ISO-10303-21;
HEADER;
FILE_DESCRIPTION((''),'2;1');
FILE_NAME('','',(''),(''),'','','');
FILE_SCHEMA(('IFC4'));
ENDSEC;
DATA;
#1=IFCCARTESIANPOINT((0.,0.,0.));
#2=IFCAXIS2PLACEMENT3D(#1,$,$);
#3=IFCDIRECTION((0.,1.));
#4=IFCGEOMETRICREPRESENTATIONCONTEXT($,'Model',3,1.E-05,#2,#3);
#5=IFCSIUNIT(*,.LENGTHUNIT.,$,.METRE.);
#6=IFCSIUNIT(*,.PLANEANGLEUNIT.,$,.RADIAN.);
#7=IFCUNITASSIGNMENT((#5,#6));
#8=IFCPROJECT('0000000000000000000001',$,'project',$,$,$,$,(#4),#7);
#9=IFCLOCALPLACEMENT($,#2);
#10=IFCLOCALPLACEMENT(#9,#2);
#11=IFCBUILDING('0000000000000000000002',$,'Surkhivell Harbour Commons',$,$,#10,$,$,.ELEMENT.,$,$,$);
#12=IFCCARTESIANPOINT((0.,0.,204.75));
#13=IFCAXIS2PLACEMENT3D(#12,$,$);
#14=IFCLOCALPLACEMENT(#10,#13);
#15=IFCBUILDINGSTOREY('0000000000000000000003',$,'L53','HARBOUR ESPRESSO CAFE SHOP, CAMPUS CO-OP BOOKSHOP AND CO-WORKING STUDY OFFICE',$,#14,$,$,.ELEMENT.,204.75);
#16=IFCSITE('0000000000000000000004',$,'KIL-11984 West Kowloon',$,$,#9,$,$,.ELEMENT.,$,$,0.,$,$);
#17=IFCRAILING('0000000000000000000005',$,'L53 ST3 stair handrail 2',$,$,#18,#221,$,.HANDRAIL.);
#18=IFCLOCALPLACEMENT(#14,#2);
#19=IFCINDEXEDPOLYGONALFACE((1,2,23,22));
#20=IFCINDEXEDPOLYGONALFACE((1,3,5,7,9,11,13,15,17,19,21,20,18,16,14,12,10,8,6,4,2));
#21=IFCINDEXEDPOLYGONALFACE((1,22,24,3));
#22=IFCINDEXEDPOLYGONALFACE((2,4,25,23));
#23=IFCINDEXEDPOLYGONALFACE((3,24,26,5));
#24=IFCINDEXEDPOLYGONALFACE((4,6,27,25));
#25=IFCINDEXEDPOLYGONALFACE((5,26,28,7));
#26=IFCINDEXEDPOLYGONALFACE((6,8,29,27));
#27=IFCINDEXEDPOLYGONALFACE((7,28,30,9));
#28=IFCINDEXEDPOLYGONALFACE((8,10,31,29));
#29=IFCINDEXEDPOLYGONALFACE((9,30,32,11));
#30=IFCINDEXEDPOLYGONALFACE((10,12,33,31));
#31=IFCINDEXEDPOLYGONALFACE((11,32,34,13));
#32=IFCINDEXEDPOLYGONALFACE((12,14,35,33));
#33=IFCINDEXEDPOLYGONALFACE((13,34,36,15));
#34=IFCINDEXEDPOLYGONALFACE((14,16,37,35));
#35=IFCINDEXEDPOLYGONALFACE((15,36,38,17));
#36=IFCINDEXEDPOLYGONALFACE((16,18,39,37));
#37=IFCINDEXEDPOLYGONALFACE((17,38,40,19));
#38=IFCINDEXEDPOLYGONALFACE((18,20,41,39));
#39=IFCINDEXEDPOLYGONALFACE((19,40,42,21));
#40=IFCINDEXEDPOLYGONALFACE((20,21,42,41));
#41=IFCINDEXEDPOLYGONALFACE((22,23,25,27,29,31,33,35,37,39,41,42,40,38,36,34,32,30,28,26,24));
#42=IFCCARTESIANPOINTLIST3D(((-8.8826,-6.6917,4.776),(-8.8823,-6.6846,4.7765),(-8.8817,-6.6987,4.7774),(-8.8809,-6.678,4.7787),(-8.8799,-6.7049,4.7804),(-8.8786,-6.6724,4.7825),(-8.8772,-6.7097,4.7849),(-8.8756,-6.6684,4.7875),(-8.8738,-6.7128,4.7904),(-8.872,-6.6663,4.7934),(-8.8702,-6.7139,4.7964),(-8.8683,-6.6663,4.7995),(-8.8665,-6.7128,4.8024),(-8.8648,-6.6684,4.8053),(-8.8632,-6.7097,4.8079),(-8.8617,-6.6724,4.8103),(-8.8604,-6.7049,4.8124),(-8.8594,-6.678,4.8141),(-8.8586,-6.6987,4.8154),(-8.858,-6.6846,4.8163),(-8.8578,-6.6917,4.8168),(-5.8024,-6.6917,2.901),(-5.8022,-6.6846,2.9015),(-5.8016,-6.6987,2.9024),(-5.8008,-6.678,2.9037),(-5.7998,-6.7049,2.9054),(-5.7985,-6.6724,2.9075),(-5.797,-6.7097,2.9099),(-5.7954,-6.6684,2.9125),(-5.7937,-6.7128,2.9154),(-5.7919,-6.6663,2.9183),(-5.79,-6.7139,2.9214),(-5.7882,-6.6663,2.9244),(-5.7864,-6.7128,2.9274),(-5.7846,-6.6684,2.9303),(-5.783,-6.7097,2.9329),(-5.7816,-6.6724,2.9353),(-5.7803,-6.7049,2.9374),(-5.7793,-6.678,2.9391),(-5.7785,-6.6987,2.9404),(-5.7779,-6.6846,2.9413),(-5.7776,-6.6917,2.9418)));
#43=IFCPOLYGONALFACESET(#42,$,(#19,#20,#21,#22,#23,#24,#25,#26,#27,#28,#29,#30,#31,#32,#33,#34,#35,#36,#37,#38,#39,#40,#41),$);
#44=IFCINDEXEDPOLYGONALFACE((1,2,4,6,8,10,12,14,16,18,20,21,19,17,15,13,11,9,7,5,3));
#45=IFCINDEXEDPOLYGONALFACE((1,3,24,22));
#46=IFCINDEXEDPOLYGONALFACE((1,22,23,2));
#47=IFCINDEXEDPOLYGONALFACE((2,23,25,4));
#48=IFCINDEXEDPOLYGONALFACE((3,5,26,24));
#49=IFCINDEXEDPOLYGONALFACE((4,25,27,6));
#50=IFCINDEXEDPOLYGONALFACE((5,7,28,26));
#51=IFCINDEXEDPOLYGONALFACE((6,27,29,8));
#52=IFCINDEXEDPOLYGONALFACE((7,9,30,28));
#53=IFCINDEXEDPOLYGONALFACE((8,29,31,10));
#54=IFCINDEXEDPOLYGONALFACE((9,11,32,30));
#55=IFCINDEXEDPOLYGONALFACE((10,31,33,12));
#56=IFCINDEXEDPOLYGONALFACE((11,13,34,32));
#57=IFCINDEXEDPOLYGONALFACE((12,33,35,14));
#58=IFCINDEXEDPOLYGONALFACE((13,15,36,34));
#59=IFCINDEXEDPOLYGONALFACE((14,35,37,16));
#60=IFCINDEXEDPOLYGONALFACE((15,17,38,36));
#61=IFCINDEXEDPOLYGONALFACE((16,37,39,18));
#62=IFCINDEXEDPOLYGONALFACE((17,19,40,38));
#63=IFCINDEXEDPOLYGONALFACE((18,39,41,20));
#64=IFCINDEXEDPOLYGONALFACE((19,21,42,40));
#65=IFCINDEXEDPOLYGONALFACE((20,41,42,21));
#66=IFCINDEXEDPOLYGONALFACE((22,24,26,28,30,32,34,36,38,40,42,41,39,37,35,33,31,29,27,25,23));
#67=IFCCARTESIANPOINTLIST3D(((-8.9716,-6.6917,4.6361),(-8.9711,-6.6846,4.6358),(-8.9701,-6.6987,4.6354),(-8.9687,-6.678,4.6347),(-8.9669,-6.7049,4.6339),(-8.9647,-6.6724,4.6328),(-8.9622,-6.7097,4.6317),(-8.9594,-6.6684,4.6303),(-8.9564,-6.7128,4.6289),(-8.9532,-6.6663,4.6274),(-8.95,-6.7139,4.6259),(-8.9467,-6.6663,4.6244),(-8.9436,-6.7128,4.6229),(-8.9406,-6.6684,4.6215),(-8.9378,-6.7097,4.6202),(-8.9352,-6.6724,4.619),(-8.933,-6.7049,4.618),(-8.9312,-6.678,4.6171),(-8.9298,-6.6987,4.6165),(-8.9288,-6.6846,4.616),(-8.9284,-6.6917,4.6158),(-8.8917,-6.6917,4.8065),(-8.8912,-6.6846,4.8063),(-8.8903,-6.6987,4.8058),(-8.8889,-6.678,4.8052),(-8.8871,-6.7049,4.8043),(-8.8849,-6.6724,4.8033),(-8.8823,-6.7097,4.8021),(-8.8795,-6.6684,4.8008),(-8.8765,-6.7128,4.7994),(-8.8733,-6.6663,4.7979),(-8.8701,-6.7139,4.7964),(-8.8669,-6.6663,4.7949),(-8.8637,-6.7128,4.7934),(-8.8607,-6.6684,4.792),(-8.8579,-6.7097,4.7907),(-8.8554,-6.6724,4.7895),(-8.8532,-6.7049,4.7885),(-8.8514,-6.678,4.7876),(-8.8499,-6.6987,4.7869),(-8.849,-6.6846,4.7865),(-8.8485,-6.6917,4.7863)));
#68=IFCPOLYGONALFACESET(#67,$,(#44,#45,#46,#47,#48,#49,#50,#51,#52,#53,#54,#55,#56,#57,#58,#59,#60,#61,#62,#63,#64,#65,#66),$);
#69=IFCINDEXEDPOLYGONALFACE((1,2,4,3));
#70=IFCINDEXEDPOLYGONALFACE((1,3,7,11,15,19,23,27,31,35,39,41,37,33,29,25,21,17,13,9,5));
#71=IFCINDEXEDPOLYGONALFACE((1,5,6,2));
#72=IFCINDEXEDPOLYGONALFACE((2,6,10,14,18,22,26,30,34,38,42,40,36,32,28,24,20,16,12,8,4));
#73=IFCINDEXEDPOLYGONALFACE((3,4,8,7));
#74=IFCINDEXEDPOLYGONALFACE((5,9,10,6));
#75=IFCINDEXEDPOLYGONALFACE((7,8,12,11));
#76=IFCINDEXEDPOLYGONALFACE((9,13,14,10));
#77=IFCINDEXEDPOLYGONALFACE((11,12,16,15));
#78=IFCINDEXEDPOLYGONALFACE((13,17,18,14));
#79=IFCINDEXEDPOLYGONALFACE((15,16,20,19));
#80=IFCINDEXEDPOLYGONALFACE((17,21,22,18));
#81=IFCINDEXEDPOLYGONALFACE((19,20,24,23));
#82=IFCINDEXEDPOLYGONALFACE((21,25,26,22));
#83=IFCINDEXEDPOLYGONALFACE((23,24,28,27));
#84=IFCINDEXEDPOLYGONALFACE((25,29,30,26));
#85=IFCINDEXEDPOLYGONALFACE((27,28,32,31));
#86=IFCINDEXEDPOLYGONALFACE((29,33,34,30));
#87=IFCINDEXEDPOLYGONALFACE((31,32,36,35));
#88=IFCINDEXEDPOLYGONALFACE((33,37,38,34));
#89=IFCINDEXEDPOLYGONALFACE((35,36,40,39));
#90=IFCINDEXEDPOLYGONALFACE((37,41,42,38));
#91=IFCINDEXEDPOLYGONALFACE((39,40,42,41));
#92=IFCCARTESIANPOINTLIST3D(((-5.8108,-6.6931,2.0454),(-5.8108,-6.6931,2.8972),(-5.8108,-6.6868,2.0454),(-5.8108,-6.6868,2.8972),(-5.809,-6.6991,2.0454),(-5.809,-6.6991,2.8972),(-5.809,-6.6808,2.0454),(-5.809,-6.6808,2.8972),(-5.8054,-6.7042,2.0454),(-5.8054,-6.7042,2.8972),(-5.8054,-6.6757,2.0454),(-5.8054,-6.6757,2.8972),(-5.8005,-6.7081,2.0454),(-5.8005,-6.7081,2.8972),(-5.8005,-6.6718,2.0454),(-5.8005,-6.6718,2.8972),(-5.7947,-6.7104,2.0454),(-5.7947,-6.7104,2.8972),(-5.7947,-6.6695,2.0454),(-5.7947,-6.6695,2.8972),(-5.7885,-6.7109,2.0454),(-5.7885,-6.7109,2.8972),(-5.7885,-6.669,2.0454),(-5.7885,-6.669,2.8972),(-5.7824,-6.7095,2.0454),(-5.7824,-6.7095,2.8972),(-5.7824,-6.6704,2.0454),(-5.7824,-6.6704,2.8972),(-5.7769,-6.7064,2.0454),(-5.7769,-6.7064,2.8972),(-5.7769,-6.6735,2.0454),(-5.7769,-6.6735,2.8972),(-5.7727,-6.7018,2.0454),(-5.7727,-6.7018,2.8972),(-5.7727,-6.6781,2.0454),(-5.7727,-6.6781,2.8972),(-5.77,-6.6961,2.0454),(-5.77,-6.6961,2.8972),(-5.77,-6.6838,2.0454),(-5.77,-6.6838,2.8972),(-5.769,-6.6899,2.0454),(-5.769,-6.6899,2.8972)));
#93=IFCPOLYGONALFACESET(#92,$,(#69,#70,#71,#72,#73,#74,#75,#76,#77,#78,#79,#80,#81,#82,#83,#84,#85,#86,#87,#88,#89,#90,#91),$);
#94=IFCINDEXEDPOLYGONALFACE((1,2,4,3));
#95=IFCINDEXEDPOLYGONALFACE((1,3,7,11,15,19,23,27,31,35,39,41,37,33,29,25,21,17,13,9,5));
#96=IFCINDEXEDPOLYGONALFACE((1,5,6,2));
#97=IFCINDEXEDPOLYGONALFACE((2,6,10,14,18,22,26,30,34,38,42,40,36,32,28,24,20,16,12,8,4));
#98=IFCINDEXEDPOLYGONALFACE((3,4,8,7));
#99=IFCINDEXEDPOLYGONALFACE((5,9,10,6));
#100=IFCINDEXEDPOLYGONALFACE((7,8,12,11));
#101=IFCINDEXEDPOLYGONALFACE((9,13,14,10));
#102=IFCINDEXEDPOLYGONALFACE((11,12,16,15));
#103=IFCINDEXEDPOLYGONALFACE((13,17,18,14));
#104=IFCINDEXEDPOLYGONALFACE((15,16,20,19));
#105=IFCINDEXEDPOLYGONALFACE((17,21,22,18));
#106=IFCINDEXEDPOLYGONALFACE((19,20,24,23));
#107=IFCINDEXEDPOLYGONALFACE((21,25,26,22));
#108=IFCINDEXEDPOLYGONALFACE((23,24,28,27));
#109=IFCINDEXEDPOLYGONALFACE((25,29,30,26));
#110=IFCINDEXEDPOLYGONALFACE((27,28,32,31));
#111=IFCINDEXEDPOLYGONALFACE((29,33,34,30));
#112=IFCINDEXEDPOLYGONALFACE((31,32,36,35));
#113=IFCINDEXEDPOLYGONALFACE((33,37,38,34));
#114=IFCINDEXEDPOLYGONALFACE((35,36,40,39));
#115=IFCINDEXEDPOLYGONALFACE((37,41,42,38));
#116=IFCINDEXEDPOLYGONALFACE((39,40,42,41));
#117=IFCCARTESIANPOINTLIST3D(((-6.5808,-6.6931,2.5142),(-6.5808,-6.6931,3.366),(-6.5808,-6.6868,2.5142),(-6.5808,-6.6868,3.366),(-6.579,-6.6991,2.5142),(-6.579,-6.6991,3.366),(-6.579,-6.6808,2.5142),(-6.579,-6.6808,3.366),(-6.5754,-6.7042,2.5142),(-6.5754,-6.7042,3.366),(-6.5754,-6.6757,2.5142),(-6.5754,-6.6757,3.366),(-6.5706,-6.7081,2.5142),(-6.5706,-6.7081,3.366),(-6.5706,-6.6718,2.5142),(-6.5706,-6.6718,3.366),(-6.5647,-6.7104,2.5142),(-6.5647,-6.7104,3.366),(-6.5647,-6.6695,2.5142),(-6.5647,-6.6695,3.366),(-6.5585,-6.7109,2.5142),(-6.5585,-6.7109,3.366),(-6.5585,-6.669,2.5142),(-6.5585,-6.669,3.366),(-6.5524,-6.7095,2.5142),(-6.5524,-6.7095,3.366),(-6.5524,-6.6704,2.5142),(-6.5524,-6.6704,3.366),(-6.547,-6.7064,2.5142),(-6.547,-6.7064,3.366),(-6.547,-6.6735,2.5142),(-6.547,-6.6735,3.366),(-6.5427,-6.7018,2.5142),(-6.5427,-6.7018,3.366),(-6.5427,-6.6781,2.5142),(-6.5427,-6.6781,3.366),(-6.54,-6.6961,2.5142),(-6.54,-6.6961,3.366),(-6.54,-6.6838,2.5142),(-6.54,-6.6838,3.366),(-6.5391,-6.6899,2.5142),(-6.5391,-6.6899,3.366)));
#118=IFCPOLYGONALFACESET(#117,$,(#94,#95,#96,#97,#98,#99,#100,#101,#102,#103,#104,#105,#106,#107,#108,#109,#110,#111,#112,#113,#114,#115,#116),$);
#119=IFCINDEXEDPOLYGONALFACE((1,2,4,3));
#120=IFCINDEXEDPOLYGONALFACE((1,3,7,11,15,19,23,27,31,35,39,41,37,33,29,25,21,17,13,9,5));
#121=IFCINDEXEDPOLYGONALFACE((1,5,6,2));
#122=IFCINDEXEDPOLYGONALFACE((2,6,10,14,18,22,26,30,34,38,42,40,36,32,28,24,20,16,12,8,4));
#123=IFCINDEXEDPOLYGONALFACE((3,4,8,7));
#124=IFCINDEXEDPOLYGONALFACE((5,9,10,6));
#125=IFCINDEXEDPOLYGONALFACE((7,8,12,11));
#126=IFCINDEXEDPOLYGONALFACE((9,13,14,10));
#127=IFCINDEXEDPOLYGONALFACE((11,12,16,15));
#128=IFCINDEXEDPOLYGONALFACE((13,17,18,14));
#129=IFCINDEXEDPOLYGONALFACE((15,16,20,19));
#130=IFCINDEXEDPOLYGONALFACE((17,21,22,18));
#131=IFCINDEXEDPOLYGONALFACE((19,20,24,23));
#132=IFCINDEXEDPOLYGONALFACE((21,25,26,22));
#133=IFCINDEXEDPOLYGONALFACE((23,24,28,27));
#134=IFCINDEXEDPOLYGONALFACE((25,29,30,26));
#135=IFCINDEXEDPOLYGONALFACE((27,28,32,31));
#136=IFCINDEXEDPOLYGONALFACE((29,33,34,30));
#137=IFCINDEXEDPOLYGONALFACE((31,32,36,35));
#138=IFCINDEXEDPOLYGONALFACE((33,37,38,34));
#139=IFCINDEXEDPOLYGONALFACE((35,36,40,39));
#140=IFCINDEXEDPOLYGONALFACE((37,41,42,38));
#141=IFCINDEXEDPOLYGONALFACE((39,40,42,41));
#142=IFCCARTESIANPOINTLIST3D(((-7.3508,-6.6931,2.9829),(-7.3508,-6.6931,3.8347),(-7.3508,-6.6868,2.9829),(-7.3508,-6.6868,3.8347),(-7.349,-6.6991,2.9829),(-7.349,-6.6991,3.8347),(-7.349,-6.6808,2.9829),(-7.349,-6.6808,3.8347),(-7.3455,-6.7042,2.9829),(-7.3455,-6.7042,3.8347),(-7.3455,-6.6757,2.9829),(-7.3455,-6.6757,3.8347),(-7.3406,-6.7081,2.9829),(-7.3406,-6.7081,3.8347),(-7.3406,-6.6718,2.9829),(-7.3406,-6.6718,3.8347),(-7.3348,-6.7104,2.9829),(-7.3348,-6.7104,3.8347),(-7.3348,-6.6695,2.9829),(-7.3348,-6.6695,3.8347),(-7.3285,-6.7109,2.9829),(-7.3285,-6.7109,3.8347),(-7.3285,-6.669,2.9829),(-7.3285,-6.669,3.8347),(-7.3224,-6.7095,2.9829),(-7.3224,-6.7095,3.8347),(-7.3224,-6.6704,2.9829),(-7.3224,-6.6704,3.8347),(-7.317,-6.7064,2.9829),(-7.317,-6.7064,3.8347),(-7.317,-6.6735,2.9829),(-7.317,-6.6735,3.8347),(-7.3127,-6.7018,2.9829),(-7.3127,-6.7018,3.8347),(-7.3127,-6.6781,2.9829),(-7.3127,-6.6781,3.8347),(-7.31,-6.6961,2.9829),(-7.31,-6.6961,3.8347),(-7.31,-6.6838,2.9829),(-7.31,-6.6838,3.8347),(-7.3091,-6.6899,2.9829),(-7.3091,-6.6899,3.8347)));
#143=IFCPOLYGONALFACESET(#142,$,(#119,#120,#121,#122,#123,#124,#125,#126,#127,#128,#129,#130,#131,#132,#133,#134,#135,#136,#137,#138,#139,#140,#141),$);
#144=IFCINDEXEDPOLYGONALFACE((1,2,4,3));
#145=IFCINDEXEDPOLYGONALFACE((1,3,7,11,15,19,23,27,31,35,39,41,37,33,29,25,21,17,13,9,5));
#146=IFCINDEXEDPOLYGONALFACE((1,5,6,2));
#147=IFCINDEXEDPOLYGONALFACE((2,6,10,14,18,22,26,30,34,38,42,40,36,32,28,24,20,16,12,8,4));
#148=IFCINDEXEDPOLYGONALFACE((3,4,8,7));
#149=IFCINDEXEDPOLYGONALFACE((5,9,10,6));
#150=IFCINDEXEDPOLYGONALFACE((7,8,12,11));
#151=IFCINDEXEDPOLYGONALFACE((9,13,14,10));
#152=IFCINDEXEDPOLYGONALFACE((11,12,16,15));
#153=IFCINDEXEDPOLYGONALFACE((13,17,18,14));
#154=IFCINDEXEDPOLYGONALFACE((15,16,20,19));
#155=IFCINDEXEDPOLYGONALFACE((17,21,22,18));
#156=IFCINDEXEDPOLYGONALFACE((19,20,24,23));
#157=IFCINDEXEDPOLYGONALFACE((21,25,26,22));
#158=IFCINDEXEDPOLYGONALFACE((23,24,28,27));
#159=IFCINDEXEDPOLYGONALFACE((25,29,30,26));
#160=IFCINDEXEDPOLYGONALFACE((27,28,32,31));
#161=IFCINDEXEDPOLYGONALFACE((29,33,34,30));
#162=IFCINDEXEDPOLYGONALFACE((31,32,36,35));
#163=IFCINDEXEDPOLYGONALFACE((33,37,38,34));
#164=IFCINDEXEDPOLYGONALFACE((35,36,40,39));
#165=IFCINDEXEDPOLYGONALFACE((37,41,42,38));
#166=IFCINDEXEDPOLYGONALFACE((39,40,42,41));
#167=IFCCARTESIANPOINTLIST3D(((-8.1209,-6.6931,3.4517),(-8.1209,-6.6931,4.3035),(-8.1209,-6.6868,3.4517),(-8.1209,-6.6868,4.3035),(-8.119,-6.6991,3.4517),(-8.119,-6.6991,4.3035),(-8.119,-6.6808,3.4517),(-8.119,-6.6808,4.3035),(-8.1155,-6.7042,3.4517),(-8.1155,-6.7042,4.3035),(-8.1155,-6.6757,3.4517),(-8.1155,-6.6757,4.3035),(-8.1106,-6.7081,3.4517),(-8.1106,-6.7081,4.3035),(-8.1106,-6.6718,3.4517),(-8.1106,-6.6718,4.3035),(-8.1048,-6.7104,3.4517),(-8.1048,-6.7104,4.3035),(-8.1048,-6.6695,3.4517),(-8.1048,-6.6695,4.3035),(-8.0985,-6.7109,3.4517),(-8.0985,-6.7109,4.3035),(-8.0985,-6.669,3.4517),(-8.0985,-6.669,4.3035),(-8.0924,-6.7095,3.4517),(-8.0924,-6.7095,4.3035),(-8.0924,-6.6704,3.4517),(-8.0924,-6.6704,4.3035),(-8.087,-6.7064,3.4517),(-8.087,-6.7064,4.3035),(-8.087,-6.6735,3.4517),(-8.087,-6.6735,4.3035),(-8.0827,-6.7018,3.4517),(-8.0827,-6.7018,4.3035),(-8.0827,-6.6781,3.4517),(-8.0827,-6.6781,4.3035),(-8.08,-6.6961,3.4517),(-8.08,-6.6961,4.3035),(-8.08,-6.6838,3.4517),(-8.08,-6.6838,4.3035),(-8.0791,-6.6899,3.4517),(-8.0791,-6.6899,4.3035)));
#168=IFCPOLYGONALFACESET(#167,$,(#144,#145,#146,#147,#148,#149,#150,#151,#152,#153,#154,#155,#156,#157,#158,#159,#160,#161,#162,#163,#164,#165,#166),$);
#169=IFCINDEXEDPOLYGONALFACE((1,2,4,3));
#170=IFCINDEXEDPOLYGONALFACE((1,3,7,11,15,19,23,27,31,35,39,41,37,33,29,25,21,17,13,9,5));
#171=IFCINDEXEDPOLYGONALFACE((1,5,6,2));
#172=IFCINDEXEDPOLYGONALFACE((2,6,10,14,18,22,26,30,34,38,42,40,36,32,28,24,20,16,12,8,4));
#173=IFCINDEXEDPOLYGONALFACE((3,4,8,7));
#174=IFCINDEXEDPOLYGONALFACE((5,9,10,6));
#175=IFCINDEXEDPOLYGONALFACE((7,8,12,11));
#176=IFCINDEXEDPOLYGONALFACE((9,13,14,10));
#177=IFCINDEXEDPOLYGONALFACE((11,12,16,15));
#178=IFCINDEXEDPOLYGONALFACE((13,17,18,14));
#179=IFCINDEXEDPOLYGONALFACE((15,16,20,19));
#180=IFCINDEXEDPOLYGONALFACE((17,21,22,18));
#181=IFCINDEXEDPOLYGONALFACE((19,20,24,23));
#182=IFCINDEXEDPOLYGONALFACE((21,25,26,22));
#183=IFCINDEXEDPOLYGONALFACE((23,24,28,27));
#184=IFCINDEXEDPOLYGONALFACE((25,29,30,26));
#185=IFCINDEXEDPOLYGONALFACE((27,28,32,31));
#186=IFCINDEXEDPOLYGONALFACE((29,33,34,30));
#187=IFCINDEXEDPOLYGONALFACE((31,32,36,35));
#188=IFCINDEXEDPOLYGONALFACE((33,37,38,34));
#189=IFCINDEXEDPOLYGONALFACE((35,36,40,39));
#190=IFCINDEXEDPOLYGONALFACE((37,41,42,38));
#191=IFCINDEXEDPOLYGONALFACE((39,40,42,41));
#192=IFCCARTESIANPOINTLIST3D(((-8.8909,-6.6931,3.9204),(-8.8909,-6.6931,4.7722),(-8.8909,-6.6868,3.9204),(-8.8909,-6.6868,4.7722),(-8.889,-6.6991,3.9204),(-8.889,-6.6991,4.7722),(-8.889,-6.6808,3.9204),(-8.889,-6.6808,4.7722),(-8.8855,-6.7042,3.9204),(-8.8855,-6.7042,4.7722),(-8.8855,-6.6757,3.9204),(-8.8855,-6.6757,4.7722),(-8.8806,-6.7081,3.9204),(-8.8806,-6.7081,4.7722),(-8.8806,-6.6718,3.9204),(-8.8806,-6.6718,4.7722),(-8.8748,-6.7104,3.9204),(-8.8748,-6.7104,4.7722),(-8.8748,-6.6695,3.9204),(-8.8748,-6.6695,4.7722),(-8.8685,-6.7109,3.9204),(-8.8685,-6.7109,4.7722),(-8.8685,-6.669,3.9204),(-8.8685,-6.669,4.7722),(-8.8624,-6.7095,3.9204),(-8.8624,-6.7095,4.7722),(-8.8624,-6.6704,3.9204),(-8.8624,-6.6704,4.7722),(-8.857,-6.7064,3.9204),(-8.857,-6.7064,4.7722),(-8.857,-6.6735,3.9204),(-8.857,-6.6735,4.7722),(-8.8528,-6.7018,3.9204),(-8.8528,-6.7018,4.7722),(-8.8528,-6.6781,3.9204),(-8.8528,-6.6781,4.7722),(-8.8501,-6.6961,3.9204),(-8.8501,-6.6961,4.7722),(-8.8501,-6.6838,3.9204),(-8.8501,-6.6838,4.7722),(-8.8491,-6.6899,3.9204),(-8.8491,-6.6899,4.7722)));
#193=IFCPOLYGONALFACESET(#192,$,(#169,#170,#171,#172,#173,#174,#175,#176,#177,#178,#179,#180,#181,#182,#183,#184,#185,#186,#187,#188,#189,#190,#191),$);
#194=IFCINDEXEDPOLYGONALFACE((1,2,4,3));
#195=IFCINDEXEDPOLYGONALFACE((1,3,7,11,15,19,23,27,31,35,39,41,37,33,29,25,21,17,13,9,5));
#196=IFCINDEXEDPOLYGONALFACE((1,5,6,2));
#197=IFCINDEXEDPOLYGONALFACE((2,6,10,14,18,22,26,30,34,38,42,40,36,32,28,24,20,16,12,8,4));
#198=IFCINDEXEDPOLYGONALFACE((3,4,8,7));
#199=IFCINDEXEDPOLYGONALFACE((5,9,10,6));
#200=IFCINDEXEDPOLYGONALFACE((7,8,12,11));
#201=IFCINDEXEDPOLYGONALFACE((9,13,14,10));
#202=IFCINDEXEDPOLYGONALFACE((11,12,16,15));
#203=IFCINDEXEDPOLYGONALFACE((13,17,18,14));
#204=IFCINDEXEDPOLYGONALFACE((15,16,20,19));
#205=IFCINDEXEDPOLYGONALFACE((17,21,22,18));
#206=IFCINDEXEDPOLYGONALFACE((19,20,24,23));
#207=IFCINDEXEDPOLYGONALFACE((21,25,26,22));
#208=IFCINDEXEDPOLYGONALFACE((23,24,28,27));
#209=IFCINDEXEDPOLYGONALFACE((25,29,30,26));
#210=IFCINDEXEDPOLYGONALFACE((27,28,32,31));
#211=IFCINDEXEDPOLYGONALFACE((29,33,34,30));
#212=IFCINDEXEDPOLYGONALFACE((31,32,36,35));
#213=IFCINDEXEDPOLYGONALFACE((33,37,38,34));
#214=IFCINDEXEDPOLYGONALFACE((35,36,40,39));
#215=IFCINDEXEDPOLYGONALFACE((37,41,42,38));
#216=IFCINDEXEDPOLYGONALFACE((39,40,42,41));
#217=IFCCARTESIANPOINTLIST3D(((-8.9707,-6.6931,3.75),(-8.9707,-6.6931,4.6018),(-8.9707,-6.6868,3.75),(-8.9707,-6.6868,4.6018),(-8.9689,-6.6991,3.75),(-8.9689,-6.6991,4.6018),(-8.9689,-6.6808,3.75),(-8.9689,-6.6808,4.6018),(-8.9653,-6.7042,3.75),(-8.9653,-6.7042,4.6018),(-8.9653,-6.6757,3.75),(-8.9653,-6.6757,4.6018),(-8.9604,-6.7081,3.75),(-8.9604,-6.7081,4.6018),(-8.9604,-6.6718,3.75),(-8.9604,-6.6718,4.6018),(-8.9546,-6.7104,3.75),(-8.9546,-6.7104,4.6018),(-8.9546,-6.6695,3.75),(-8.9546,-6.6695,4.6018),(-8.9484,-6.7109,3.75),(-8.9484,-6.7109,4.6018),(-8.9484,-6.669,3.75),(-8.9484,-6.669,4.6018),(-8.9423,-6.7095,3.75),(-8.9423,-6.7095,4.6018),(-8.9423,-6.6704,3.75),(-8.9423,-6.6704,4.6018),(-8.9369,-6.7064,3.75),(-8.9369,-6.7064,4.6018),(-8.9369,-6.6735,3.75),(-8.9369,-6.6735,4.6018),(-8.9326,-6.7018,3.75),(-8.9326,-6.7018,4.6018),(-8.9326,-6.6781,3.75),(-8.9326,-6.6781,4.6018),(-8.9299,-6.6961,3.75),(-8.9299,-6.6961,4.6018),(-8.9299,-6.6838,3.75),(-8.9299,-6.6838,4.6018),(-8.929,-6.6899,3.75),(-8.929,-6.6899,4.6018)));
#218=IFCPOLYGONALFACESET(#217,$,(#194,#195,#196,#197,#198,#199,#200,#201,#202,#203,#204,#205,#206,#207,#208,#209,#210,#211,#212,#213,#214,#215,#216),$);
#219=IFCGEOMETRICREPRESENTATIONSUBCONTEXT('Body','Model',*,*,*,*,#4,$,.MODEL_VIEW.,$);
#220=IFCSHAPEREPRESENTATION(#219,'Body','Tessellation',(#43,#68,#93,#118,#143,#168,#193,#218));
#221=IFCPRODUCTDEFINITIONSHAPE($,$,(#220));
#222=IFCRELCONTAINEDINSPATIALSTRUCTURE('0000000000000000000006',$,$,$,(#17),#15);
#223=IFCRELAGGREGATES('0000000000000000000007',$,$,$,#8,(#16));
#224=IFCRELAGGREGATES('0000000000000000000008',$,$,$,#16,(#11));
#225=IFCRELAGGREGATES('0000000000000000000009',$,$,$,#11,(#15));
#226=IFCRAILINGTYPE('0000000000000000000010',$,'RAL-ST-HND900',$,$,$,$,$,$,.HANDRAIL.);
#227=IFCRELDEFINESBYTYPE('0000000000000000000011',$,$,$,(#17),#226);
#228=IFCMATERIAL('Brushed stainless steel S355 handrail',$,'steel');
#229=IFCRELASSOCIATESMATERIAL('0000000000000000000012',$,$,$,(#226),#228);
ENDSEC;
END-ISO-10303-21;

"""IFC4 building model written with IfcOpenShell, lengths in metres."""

from ifc_helpers import new_model, si_unit, direction, frame, origin, origin_2d, place, context, subcontext, project, spatial, circle, extrude, material, type_object, element, save


model = new_model("IFC4")

# Units and contexts
model_context = context("Model", 3, precision=1e-05, world=origin(), true_north=direction((0.0, 1.0)))
body_context = subcontext(model_context, "Body", "Model", "MODEL_VIEW")
ifc_project = project(units=[si_unit("LENGTHUNIT", "METRE"), si_unit("PLANEANGLEUNIT", "RADIAN")], contexts=[model_context])

# Site, building, storey
site_placement = place(None, origin())
site = spatial("IfcSite", under=ifc_project, at=site_placement, Name="KIL-11984 West Kowloon", CompositionType="ELEMENT", RefElevation=0.0)
building_placement = place(site_placement, origin())
building = spatial("IfcBuilding", under=site, at=building_placement, Name="Surkhivell Harbour Commons", CompositionType="ELEMENT")
storey_placement = place(building_placement, frame((0.0, 0.0, 204.75)))
storey = spatial("IfcBuildingStorey", under=building, at=storey_placement, Name="L53", Description="HARBOUR ESPRESSO CAFE SHOP, CAMPUS CO-OP BOOKSHOP AND CO-WORKING STUDY OFFICE", CompositionType="ELEMENT", Elevation=204.75)

# Railing
ifc_material_1 = material(Name="Brushed stainless steel S355 handrail", Category="steel")
railing_type_1 = type_object("IfcRailingType", Name="RAL-ST-HND900", PredefinedType="HANDRAIL", material=ifc_material_1)
railing_1_placement = place(storey_placement, frame((-5.79, -6.6899, 2.0454)))
element("IfcRailing", 1, at=railing_1_placement, inside=storey, type_object=railing_type_1, Name="L53 ST3 stair handrail 2", PredefinedType="HANDRAIL", context=body_context, shape_type="SweptSolid", body=[
    extrude(circle(Radius=0.0239, at=origin_2d()), frame((0.0, 0.0, 0.876), z_axis=(-0.854178, 0.0, 0.519981), x_axis=(0.0, -1.0, 0.0)), (0.0, 0.0, 1.0), 3.606),
    extrude(circle(Radius=0.0239, at=origin_2d()), frame((-3.0801, 0.0, 2.751), z_axis=(-0.424234, 0.0, -0.905552), x_axis=(0.0, -1.0, 0.0)), (0.0, 0.0, 1.0), 0.1882),
    extrude(circle(Radius=0.021, at=origin_2d()), origin(), (0.0, 0.0, 1.0), 0.8518),
    extrude(circle(Radius=0.021, at=origin_2d()), frame((-0.77, 0.0, 0.4688)), (0.0, 0.0, 1.0), 0.8518),
    extrude(circle(Radius=0.021, at=origin_2d()), frame((-1.54, 0.0, 0.9375)), (0.0, 0.0, 1.0), 0.8518),
    extrude(circle(Radius=0.021, at=origin_2d()), frame((-2.3101, 0.0, 1.4062)), (0.0, 0.0, 1.0), 0.8518),
    extrude(circle(Radius=0.021, at=origin_2d()), frame((-3.0801, 0.0, 1.875)), (0.0, 0.0, 1.0), 0.8518),
    extrude(circle(Radius=0.021, at=origin_2d()), frame((-3.1599, 0.0, 1.7046)), (0.0, 0.0, 1.0), 0.8518),
])

save(model, "model.ifc")
